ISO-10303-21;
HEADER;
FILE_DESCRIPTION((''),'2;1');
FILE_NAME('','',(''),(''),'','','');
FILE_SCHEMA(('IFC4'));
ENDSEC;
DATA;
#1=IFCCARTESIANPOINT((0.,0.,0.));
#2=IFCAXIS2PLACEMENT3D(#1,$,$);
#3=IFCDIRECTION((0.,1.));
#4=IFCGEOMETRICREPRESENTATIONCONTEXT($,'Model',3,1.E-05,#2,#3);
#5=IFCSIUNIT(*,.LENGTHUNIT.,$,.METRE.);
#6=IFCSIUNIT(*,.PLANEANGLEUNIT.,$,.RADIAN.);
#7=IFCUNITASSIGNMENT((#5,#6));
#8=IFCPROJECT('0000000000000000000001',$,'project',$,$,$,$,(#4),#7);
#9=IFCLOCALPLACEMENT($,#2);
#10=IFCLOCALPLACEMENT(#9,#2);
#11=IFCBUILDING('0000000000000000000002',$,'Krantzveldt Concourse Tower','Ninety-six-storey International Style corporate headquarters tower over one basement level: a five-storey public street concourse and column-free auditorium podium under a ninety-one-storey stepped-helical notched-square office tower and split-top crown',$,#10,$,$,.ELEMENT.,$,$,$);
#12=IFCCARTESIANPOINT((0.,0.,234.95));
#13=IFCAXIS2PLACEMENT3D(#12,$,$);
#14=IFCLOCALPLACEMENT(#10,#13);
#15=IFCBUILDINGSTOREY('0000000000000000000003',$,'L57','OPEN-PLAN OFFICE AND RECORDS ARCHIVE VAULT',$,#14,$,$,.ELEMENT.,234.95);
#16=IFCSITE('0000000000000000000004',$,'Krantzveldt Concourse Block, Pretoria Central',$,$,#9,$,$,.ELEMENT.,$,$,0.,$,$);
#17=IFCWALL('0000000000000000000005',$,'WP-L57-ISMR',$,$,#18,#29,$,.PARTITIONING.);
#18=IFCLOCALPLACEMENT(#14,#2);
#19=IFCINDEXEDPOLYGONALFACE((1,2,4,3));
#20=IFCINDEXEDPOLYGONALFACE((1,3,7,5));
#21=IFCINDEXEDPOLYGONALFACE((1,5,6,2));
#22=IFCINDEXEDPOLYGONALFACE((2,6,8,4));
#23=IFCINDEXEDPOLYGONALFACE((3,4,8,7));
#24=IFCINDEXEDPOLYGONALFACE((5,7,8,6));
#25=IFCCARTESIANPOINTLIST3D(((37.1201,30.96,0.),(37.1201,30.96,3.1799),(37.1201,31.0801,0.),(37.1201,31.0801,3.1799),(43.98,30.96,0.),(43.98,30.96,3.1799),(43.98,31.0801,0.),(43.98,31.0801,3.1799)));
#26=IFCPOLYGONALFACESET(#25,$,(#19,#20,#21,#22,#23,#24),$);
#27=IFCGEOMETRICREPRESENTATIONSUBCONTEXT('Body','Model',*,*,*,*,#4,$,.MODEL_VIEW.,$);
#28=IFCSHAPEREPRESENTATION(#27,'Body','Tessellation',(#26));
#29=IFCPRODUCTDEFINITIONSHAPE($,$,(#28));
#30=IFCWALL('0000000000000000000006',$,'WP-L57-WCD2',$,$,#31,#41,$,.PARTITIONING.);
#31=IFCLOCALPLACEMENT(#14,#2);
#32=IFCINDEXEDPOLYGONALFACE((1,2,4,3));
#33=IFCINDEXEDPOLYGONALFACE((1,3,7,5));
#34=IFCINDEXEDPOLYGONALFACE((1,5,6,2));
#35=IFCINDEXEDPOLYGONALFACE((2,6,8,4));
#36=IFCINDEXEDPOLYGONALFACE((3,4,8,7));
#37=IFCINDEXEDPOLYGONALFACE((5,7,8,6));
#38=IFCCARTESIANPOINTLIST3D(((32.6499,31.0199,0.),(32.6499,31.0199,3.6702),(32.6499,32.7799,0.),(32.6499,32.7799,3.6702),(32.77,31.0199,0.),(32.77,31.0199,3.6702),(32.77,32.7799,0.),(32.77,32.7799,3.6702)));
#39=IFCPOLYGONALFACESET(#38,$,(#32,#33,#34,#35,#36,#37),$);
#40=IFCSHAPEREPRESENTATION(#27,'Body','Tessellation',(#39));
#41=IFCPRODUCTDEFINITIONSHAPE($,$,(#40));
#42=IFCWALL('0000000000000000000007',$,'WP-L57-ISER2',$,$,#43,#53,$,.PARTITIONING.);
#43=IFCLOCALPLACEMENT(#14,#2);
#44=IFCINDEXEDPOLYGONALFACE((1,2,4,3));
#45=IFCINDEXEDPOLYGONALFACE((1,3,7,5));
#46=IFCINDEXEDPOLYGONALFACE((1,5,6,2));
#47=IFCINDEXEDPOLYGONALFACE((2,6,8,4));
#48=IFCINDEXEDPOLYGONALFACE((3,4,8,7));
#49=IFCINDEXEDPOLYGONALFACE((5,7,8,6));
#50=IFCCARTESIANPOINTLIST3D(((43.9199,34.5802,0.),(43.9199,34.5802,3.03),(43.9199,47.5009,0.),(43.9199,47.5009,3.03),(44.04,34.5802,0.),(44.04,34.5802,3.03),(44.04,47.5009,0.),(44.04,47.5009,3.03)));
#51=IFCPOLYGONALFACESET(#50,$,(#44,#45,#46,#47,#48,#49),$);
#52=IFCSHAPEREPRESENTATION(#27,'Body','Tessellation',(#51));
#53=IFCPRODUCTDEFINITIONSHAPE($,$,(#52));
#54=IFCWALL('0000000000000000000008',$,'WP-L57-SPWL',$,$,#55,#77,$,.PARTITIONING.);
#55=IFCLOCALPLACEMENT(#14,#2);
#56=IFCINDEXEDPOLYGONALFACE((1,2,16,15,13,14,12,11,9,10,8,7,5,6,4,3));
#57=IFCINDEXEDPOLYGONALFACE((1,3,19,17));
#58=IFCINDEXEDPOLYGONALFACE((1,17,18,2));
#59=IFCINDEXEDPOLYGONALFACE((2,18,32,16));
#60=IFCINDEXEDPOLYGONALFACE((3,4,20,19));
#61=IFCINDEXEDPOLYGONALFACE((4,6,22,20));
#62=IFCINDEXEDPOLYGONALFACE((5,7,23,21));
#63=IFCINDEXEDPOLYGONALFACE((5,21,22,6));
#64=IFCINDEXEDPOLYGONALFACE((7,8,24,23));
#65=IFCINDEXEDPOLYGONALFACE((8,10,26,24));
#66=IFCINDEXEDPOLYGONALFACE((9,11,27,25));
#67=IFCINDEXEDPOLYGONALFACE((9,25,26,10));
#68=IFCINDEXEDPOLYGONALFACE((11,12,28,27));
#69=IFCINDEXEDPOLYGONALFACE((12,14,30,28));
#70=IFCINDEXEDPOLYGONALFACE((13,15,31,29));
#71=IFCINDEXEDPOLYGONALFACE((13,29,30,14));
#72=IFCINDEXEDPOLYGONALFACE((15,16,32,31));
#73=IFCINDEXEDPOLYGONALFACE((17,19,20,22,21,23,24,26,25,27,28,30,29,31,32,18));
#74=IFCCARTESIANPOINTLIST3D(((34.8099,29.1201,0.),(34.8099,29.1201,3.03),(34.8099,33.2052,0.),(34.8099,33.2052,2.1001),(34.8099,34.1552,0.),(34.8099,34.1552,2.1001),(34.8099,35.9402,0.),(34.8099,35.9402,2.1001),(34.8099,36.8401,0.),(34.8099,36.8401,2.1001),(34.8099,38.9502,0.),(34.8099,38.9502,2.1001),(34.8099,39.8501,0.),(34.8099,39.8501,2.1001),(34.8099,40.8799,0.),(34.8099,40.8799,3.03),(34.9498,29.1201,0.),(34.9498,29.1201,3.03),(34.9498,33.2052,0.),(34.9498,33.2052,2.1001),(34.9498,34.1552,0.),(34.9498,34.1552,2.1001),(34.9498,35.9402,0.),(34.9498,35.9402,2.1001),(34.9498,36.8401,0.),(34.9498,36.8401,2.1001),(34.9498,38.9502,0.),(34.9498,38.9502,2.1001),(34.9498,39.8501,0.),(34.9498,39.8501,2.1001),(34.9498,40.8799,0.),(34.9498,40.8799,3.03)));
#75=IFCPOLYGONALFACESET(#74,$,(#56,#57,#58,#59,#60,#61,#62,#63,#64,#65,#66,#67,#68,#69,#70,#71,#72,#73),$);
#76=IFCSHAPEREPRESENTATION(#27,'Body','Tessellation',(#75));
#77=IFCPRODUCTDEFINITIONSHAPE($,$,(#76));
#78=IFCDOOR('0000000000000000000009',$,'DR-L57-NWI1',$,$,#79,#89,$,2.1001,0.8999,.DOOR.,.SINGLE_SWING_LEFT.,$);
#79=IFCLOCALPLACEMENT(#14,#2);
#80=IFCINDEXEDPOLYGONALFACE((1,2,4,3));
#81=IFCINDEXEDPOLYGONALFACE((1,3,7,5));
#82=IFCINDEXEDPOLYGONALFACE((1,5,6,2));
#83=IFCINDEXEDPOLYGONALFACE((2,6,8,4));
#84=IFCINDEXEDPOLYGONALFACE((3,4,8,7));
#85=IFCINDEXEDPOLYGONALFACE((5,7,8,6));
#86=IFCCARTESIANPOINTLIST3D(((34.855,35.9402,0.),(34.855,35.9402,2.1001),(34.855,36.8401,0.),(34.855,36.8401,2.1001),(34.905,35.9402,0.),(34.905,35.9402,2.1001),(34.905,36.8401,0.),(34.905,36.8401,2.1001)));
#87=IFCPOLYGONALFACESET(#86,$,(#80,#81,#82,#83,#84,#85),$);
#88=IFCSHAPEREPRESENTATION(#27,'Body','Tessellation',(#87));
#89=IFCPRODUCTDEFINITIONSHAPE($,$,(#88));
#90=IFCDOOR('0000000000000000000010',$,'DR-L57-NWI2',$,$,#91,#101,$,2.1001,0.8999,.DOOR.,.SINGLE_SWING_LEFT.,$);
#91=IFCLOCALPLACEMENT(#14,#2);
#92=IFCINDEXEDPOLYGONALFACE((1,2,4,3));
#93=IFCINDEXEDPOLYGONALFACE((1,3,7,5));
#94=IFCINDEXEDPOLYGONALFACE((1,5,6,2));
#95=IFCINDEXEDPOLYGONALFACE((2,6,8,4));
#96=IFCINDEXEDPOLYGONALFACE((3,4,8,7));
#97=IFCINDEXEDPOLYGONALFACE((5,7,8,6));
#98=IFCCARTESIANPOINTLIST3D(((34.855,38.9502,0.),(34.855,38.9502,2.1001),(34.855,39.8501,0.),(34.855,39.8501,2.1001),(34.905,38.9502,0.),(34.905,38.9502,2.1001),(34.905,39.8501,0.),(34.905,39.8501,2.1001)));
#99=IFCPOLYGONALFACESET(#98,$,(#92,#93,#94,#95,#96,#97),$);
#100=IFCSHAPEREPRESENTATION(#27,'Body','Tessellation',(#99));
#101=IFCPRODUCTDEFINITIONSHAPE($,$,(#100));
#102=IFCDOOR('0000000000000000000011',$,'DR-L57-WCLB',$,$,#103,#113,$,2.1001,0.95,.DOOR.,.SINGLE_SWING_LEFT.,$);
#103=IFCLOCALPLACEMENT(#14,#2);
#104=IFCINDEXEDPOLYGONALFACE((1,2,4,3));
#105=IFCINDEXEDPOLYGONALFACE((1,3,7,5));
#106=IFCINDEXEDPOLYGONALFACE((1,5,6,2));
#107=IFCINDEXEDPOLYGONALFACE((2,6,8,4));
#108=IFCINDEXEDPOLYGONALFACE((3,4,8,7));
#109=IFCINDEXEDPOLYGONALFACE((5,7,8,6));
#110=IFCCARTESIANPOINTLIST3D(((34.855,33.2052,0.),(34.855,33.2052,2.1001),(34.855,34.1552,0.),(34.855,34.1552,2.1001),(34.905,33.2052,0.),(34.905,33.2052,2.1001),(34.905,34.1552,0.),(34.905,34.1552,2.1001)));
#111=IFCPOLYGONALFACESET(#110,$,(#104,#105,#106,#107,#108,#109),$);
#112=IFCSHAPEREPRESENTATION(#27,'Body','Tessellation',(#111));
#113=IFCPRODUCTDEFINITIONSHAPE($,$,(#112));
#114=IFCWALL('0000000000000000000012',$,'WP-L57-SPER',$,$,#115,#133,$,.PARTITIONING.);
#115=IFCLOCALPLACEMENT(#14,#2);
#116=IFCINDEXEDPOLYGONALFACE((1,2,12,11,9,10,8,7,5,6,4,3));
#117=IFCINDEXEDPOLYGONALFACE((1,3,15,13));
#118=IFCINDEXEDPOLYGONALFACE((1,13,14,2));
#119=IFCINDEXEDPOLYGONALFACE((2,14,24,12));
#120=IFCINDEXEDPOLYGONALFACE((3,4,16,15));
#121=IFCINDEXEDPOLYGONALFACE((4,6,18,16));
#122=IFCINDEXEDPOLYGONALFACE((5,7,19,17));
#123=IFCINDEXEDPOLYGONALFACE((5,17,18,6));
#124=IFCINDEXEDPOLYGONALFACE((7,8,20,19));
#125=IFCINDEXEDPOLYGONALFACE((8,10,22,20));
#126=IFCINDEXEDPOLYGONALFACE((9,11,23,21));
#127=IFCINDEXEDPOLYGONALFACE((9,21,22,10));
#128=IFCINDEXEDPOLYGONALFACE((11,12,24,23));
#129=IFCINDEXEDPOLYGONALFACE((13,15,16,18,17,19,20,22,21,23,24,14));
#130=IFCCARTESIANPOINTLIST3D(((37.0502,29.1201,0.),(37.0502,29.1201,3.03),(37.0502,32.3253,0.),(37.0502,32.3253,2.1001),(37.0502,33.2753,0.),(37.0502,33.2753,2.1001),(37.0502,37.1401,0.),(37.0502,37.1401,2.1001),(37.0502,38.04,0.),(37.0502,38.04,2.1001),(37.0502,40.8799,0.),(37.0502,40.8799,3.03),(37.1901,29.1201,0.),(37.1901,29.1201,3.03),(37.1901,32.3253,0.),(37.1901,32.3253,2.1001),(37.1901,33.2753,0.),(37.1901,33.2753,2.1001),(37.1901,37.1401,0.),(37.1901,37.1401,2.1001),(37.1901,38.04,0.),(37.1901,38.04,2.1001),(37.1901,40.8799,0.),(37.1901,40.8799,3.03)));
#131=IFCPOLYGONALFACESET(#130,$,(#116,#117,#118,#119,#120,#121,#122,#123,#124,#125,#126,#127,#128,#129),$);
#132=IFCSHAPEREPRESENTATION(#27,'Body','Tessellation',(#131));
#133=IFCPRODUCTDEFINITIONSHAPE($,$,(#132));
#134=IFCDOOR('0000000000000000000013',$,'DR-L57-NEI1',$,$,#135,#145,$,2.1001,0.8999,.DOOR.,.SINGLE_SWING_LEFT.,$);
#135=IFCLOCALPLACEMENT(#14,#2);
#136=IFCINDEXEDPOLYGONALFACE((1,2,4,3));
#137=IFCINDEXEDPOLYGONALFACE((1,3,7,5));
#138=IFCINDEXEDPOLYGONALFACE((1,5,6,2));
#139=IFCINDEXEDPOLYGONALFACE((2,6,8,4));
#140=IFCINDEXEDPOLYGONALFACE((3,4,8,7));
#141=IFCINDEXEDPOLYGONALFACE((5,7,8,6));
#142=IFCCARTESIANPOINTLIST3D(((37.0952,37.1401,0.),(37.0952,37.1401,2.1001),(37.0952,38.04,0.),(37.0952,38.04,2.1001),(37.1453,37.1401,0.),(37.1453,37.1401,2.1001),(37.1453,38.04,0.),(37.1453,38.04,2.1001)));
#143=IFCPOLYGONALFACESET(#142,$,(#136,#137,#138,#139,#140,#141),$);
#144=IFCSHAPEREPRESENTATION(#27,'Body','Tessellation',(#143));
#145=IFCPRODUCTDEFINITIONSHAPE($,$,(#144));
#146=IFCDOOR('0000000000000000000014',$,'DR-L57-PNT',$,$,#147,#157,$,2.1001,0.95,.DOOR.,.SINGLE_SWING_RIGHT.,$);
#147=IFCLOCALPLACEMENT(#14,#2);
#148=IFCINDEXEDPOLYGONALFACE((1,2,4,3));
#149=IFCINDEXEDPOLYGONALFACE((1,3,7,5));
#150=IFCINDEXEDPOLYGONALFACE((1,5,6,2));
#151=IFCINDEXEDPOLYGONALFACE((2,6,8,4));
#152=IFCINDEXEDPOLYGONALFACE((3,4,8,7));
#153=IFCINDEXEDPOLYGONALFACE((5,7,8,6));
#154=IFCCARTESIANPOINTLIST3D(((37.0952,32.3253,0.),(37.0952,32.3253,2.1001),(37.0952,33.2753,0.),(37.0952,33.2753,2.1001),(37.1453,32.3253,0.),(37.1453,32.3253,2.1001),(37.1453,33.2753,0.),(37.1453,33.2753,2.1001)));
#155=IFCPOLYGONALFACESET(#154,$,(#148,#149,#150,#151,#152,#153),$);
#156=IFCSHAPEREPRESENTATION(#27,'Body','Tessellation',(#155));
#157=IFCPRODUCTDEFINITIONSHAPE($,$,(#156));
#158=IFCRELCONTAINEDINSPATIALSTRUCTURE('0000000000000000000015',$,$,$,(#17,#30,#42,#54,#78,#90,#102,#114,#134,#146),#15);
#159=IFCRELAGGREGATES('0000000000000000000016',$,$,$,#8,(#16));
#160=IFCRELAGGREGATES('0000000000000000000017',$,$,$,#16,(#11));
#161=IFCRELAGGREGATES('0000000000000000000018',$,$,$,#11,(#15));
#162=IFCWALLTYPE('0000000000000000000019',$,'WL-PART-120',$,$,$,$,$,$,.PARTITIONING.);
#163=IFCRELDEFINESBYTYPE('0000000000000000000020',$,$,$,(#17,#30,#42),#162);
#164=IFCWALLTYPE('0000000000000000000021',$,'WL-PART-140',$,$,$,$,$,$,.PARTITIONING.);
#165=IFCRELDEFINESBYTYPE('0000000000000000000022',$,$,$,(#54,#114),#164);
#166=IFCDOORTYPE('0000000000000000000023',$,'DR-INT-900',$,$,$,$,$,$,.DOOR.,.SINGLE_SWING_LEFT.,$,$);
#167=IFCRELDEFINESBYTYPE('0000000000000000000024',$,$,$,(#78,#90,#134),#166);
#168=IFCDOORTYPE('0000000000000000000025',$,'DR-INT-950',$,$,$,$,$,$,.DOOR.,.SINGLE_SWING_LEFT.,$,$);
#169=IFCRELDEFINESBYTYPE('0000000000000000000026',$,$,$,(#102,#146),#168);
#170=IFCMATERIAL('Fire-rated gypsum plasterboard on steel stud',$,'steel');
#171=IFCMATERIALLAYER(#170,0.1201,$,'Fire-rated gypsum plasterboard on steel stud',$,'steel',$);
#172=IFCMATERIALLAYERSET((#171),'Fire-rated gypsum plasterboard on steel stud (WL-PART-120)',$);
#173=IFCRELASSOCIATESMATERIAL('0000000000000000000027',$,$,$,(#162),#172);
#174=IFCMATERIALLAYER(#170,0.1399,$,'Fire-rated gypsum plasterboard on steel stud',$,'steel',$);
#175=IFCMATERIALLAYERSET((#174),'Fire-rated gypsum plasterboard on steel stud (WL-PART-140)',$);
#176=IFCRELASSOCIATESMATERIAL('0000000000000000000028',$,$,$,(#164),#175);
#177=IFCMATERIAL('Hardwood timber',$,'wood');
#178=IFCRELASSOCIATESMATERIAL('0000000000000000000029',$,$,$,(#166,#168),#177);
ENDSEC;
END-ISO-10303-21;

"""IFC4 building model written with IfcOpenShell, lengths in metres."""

from ifc_helpers import new_model, si_unit, direction, frame, frame_2d, origin, place, context, subcontext, project, spatial, rectangle, extrude, material, layer, layer_set, type_object, element, fill, save


model = new_model("IFC4")

# Units and contexts
model_context = context("Model", 3, precision=1e-05, world=origin(), true_north=direction((0.0, 1.0)))
body_context = subcontext(model_context, "Body", "Model", "MODEL_VIEW")
ifc_project = project(units=[si_unit("LENGTHUNIT", "METRE"), si_unit("PLANEANGLEUNIT", "RADIAN")], contexts=[model_context])

# Site, building, storey
site_placement = place(None, origin())
site = spatial("IfcSite", under=ifc_project, at=site_placement, Name="Krantzveldt Concourse Block, Pretoria Central", CompositionType="ELEMENT", RefElevation=0.0)
building_placement = place(site_placement, origin())
building = spatial("IfcBuilding", under=site, at=building_placement, Name="Krantzveldt Concourse Tower", Description="Ninety-six-storey International Style corporate headquarters tower over one basement level: a five-storey public street concourse and column-free auditorium podium under a ninety-one-storey stepped-helical notched-square office tower and split-top crown", CompositionType="ELEMENT")
storey_placement = place(building_placement, frame((0.0, 0.0, 234.95)))
storey = spatial("IfcBuildingStorey", under=building, at=storey_placement, Name="L57", Description="OPEN-PLAN OFFICE AND RECORDS ARCHIVE VAULT", CompositionType="ELEMENT", Elevation=234.95)

# Walls
ifc_material_1 = material(Name="Fire-rated gypsum plasterboard on steel stud", Category="steel")
ifc_layer_1 = layer(ifc_material_1, 0.1201, Name="Fire-rated gypsum plasterboard on steel stud", Category="steel")
ifc_layer_set_1 = layer_set([ifc_layer_1], Name="Fire-rated gypsum plasterboard on steel stud (WL-PART-120)")
wall_type_1 = type_object("IfcWallType", Name="WL-PART-120", PredefinedType="PARTITIONING", material=ifc_layer_set_1)
wall_1_placement = place(storey_placement, frame((37.1201, 31.02, 0.0), z_axis=(0.0, 0.0, 1.0), x_axis=(1.0, 0.0, 0.0)))
element("IfcWall", 1, at=wall_1_placement, inside=storey, type_object=wall_type_1, Name="WP-L57-ISMR", PredefinedType="PARTITIONING", context=body_context, shape_type="SweptSolid", body=[
    extrude(rectangle(XDim=6.8599, YDim=0.1201, at=frame_2d((3.4299, 0.0))), origin(), (0.0, 0.0, 1.0), 3.1799),
])
wall_2_placement = place(storey_placement, frame((32.71, 31.02, 0.0), z_axis=(0.0, 0.0, 1.0), x_axis=(0.0, 1.0, 0.0)))
element("IfcWall", 2, at=wall_2_placement, inside=storey, type_object=wall_type_1, Name="WP-L57-WCD2", PredefinedType="PARTITIONING", context=body_context, shape_type="SweptSolid", body=[
    extrude(rectangle(XDim=1.76, YDim=0.1201, at=frame_2d((0.8799, 0.0))), origin(), (0.0, 0.0, 1.0), 3.6702),
])
wall_3_placement = place(storey_placement, frame((43.98, 34.5801, 0.0), z_axis=(0.0, 0.0, 1.0), x_axis=(0.0, 1.0, 0.0)))
element("IfcWall", 3, at=wall_3_placement, inside=storey, type_object=wall_type_1, Name="WP-L57-ISER2", PredefinedType="PARTITIONING", context=body_context, shape_type="SweptSolid", body=[
    extrude(rectangle(XDim=12.9207, YDim=0.1201, at=frame_2d((6.4604, 0.0))), origin(), (0.0, 0.0, 1.0), 3.03),
])

# Walls, openings, doors
ifc_layer_2 = layer(ifc_material_1, 0.1399, Name="Fire-rated gypsum plasterboard on steel stud", Category="steel")
ifc_layer_set_2 = layer_set([ifc_layer_2], Name="Fire-rated gypsum plasterboard on steel stud (WL-PART-140)")
wall_type_2 = type_object("IfcWallType", Name="WL-PART-140", PredefinedType="PARTITIONING", material=ifc_layer_set_2)
wall_4_placement = place(storey_placement, frame((34.8799, 29.1201, 0.0), z_axis=(0.0, 0.0, 1.0), x_axis=(0.0, 1.0, 0.0)))
wall_4 = element("IfcWall", 4, at=wall_4_placement, inside=storey, type_object=wall_type_2, Name="WP-L57-SPWL", PredefinedType="PARTITIONING", context=body_context, shape_type="SweptSolid", body=[
    extrude(rectangle(XDim=11.7598, YDim=0.1399, at=frame_2d((5.8799, 0.0))), origin(), (0.0, 0.0, 1.0), 3.03),
])
opening_1_placement = place(wall_4_placement, frame((4.085, 0.0, 0.0)))
opening_1 = element("IfcOpeningElement", 5, at=opening_1_placement, cuts=wall_4, PredefinedType="OPENING", context=body_context, shape_type="SweptSolid", body=[
    extrude(rectangle(XDim=0.95, YDim=2.1001, at=frame_2d((0.4751, 1.05))), frame((0.0, 0.0801, 0.0), z_axis=(0.0, -1.0, 0.0), x_axis=(1.0, 0.0, 0.0)), (0.0, 0.0, 1.0), 0.1599),
])
opening_2_placement = place(wall_4_placement, frame((6.8201, 0.0, 0.0)))
opening_2 = element("IfcOpeningElement", 6, at=opening_2_placement, cuts=wall_4, PredefinedType="OPENING", context=body_context, shape_type="SweptSolid", body=[
    extrude(rectangle(XDim=0.8999, YDim=2.1001, at=frame_2d((0.45, 1.05))), frame((0.0, 0.0801, 0.0), z_axis=(0.0, -1.0, 0.0), x_axis=(1.0, 0.0, 0.0)), (0.0, 0.0, 1.0), 0.1599),
])
opening_3_placement = place(wall_4_placement, frame((9.8301, 0.0, 0.0)))
opening_3 = element("IfcOpeningElement", 7, at=opening_3_placement, cuts=wall_4, PredefinedType="OPENING", context=body_context, shape_type="SweptSolid", body=[
    extrude(rectangle(XDim=0.8999, YDim=2.1001, at=frame_2d((0.45, 1.05))), frame((0.0, 0.0801, 0.0), z_axis=(0.0, -1.0, 0.0), x_axis=(1.0, 0.0, 0.0)), (0.0, 0.0, 1.0), 0.1599),
])
ifc_material_2 = material(Name="Hardwood timber", Category="wood")
door_type_1 = type_object("IfcDoorType", Name="DR-INT-900", OperationType="SINGLE_SWING_LEFT", PredefinedType="DOOR", material=ifc_material_2)
door_1_placement = place(opening_2_placement, origin())
door_1 = element("IfcDoor", 8, at=door_1_placement, inside=storey, type_object=door_type_1, Name="DR-L57-NWI1", OperationType="SINGLE_SWING_LEFT", OverallHeight=2.1001, OverallWidth=0.8999, PredefinedType="DOOR", context=body_context, shape_type="SweptSolid", body=[
    extrude(rectangle(XDim=0.8999, YDim=2.1001, at=frame_2d((0.45, 1.05))), frame((0.0, 0.0249, 0.0), z_axis=(0.0, -1.0, 0.0), x_axis=(1.0, 0.0, 0.0)), (0.0, 0.0, 1.0), 0.05),
])
fill(opening_2, door_1)
door_2_placement = place(opening_3_placement, origin())
door_2 = element("IfcDoor", 9, at=door_2_placement, inside=storey, type_object=door_type_1, Name="DR-L57-NWI2", OperationType="SINGLE_SWING_LEFT", OverallHeight=2.1001, OverallWidth=0.8999, PredefinedType="DOOR", context=body_context, shape_type="SweptSolid", body=[
    extrude(rectangle(XDim=0.8999, YDim=2.1001, at=frame_2d((0.45, 1.05))), frame((0.0, 0.0249, 0.0), z_axis=(0.0, -1.0, 0.0), x_axis=(1.0, 0.0, 0.0)), (0.0, 0.0, 1.0), 0.05),
])
fill(opening_3, door_2)
door_type_2 = type_object("IfcDoorType", Name="DR-INT-950", OperationType="SINGLE_SWING_LEFT", PredefinedType="DOOR", material=ifc_material_2)
door_3_placement = place(opening_1_placement, origin())
door_3 = element("IfcDoor", 10, at=door_3_placement, inside=storey, type_object=door_type_2, Name="DR-L57-WCLB", OperationType="SINGLE_SWING_LEFT", OverallHeight=2.1001, OverallWidth=0.95, PredefinedType="DOOR", context=body_context, shape_type="SweptSolid", body=[
    extrude(rectangle(XDim=0.95, YDim=2.1001, at=frame_2d((0.4751, 1.05))), frame((0.0, 0.0249, 0.0), z_axis=(0.0, -1.0, 0.0), x_axis=(1.0, 0.0, 0.0)), (0.0, 0.0, 1.0), 0.05),
])
fill(opening_1, door_3)
wall_5_placement = place(storey_placement, frame((37.1201, 29.1201, 0.0), z_axis=(0.0, 0.0, 1.0), x_axis=(0.0, 1.0, 0.0)))
wall_5 = element("IfcWall", 11, at=wall_5_placement, inside=storey, type_object=wall_type_2, Name="WP-L57-SPER", PredefinedType="PARTITIONING", context=body_context, shape_type="SweptSolid", body=[
    extrude(rectangle(XDim=11.7598, YDim=0.1399, at=frame_2d((5.8799, 0.0))), origin(), (0.0, 0.0, 1.0), 3.03),
])
opening_4_placement = place(wall_5_placement, frame((3.2051, 0.0, 0.0)))
opening_4 = element("IfcOpeningElement", 12, at=opening_4_placement, cuts=wall_5, PredefinedType="OPENING", context=body_context, shape_type="SweptSolid", body=[
    extrude(rectangle(XDim=0.95, YDim=2.1001, at=frame_2d((0.4751, 1.05))), frame((0.0, 0.0801, 0.0), z_axis=(0.0, -1.0, 0.0), x_axis=(1.0, 0.0, 0.0)), (0.0, 0.0, 1.0), 0.1599),
])
opening_5_placement = place(wall_5_placement, frame((8.02, 0.0, 0.0)))
opening_5 = element("IfcOpeningElement", 13, at=opening_5_placement, cuts=wall_5, PredefinedType="OPENING", context=body_context, shape_type="SweptSolid", body=[
    extrude(rectangle(XDim=0.8999, YDim=2.1001, at=frame_2d((0.45, 1.05))), frame((0.0, 0.0801, 0.0), z_axis=(0.0, -1.0, 0.0), x_axis=(1.0, 0.0, 0.0)), (0.0, 0.0, 1.0), 0.1599),
])
door_4_placement = place(opening_5_placement, origin())
door_4 = element("IfcDoor", 14, at=door_4_placement, inside=storey, type_object=door_type_1, Name="DR-L57-NEI1", OperationType="SINGLE_SWING_LEFT", OverallHeight=2.1001, OverallWidth=0.8999, PredefinedType="DOOR", context=body_context, shape_type="SweptSolid", body=[
    extrude(rectangle(XDim=0.8999, YDim=2.1001, at=frame_2d((0.45, 1.05))), frame((0.0, 0.0249, 0.0), z_axis=(0.0, -1.0, 0.0), x_axis=(1.0, 0.0, 0.0)), (0.0, 0.0, 1.0), 0.05),
])
fill(opening_5, door_4)
door_5_placement = place(opening_4_placement, origin())
door_5 = element("IfcDoor", 15, at=door_5_placement, inside=storey, type_object=door_type_2, Name="DR-L57-PNT", OperationType="SINGLE_SWING_RIGHT", OverallHeight=2.1001, OverallWidth=0.95, PredefinedType="DOOR", context=body_context, shape_type="SweptSolid", body=[
    extrude(rectangle(XDim=0.95, YDim=2.1001, at=frame_2d((0.4751, 1.05))), frame((0.0, 0.0249, 0.0), z_axis=(0.0, -1.0, 0.0), x_axis=(1.0, 0.0, 0.0)), (0.0, 0.0, 1.0), 0.05),
])
fill(opening_4, door_5)

save(model, "model.ifc")
